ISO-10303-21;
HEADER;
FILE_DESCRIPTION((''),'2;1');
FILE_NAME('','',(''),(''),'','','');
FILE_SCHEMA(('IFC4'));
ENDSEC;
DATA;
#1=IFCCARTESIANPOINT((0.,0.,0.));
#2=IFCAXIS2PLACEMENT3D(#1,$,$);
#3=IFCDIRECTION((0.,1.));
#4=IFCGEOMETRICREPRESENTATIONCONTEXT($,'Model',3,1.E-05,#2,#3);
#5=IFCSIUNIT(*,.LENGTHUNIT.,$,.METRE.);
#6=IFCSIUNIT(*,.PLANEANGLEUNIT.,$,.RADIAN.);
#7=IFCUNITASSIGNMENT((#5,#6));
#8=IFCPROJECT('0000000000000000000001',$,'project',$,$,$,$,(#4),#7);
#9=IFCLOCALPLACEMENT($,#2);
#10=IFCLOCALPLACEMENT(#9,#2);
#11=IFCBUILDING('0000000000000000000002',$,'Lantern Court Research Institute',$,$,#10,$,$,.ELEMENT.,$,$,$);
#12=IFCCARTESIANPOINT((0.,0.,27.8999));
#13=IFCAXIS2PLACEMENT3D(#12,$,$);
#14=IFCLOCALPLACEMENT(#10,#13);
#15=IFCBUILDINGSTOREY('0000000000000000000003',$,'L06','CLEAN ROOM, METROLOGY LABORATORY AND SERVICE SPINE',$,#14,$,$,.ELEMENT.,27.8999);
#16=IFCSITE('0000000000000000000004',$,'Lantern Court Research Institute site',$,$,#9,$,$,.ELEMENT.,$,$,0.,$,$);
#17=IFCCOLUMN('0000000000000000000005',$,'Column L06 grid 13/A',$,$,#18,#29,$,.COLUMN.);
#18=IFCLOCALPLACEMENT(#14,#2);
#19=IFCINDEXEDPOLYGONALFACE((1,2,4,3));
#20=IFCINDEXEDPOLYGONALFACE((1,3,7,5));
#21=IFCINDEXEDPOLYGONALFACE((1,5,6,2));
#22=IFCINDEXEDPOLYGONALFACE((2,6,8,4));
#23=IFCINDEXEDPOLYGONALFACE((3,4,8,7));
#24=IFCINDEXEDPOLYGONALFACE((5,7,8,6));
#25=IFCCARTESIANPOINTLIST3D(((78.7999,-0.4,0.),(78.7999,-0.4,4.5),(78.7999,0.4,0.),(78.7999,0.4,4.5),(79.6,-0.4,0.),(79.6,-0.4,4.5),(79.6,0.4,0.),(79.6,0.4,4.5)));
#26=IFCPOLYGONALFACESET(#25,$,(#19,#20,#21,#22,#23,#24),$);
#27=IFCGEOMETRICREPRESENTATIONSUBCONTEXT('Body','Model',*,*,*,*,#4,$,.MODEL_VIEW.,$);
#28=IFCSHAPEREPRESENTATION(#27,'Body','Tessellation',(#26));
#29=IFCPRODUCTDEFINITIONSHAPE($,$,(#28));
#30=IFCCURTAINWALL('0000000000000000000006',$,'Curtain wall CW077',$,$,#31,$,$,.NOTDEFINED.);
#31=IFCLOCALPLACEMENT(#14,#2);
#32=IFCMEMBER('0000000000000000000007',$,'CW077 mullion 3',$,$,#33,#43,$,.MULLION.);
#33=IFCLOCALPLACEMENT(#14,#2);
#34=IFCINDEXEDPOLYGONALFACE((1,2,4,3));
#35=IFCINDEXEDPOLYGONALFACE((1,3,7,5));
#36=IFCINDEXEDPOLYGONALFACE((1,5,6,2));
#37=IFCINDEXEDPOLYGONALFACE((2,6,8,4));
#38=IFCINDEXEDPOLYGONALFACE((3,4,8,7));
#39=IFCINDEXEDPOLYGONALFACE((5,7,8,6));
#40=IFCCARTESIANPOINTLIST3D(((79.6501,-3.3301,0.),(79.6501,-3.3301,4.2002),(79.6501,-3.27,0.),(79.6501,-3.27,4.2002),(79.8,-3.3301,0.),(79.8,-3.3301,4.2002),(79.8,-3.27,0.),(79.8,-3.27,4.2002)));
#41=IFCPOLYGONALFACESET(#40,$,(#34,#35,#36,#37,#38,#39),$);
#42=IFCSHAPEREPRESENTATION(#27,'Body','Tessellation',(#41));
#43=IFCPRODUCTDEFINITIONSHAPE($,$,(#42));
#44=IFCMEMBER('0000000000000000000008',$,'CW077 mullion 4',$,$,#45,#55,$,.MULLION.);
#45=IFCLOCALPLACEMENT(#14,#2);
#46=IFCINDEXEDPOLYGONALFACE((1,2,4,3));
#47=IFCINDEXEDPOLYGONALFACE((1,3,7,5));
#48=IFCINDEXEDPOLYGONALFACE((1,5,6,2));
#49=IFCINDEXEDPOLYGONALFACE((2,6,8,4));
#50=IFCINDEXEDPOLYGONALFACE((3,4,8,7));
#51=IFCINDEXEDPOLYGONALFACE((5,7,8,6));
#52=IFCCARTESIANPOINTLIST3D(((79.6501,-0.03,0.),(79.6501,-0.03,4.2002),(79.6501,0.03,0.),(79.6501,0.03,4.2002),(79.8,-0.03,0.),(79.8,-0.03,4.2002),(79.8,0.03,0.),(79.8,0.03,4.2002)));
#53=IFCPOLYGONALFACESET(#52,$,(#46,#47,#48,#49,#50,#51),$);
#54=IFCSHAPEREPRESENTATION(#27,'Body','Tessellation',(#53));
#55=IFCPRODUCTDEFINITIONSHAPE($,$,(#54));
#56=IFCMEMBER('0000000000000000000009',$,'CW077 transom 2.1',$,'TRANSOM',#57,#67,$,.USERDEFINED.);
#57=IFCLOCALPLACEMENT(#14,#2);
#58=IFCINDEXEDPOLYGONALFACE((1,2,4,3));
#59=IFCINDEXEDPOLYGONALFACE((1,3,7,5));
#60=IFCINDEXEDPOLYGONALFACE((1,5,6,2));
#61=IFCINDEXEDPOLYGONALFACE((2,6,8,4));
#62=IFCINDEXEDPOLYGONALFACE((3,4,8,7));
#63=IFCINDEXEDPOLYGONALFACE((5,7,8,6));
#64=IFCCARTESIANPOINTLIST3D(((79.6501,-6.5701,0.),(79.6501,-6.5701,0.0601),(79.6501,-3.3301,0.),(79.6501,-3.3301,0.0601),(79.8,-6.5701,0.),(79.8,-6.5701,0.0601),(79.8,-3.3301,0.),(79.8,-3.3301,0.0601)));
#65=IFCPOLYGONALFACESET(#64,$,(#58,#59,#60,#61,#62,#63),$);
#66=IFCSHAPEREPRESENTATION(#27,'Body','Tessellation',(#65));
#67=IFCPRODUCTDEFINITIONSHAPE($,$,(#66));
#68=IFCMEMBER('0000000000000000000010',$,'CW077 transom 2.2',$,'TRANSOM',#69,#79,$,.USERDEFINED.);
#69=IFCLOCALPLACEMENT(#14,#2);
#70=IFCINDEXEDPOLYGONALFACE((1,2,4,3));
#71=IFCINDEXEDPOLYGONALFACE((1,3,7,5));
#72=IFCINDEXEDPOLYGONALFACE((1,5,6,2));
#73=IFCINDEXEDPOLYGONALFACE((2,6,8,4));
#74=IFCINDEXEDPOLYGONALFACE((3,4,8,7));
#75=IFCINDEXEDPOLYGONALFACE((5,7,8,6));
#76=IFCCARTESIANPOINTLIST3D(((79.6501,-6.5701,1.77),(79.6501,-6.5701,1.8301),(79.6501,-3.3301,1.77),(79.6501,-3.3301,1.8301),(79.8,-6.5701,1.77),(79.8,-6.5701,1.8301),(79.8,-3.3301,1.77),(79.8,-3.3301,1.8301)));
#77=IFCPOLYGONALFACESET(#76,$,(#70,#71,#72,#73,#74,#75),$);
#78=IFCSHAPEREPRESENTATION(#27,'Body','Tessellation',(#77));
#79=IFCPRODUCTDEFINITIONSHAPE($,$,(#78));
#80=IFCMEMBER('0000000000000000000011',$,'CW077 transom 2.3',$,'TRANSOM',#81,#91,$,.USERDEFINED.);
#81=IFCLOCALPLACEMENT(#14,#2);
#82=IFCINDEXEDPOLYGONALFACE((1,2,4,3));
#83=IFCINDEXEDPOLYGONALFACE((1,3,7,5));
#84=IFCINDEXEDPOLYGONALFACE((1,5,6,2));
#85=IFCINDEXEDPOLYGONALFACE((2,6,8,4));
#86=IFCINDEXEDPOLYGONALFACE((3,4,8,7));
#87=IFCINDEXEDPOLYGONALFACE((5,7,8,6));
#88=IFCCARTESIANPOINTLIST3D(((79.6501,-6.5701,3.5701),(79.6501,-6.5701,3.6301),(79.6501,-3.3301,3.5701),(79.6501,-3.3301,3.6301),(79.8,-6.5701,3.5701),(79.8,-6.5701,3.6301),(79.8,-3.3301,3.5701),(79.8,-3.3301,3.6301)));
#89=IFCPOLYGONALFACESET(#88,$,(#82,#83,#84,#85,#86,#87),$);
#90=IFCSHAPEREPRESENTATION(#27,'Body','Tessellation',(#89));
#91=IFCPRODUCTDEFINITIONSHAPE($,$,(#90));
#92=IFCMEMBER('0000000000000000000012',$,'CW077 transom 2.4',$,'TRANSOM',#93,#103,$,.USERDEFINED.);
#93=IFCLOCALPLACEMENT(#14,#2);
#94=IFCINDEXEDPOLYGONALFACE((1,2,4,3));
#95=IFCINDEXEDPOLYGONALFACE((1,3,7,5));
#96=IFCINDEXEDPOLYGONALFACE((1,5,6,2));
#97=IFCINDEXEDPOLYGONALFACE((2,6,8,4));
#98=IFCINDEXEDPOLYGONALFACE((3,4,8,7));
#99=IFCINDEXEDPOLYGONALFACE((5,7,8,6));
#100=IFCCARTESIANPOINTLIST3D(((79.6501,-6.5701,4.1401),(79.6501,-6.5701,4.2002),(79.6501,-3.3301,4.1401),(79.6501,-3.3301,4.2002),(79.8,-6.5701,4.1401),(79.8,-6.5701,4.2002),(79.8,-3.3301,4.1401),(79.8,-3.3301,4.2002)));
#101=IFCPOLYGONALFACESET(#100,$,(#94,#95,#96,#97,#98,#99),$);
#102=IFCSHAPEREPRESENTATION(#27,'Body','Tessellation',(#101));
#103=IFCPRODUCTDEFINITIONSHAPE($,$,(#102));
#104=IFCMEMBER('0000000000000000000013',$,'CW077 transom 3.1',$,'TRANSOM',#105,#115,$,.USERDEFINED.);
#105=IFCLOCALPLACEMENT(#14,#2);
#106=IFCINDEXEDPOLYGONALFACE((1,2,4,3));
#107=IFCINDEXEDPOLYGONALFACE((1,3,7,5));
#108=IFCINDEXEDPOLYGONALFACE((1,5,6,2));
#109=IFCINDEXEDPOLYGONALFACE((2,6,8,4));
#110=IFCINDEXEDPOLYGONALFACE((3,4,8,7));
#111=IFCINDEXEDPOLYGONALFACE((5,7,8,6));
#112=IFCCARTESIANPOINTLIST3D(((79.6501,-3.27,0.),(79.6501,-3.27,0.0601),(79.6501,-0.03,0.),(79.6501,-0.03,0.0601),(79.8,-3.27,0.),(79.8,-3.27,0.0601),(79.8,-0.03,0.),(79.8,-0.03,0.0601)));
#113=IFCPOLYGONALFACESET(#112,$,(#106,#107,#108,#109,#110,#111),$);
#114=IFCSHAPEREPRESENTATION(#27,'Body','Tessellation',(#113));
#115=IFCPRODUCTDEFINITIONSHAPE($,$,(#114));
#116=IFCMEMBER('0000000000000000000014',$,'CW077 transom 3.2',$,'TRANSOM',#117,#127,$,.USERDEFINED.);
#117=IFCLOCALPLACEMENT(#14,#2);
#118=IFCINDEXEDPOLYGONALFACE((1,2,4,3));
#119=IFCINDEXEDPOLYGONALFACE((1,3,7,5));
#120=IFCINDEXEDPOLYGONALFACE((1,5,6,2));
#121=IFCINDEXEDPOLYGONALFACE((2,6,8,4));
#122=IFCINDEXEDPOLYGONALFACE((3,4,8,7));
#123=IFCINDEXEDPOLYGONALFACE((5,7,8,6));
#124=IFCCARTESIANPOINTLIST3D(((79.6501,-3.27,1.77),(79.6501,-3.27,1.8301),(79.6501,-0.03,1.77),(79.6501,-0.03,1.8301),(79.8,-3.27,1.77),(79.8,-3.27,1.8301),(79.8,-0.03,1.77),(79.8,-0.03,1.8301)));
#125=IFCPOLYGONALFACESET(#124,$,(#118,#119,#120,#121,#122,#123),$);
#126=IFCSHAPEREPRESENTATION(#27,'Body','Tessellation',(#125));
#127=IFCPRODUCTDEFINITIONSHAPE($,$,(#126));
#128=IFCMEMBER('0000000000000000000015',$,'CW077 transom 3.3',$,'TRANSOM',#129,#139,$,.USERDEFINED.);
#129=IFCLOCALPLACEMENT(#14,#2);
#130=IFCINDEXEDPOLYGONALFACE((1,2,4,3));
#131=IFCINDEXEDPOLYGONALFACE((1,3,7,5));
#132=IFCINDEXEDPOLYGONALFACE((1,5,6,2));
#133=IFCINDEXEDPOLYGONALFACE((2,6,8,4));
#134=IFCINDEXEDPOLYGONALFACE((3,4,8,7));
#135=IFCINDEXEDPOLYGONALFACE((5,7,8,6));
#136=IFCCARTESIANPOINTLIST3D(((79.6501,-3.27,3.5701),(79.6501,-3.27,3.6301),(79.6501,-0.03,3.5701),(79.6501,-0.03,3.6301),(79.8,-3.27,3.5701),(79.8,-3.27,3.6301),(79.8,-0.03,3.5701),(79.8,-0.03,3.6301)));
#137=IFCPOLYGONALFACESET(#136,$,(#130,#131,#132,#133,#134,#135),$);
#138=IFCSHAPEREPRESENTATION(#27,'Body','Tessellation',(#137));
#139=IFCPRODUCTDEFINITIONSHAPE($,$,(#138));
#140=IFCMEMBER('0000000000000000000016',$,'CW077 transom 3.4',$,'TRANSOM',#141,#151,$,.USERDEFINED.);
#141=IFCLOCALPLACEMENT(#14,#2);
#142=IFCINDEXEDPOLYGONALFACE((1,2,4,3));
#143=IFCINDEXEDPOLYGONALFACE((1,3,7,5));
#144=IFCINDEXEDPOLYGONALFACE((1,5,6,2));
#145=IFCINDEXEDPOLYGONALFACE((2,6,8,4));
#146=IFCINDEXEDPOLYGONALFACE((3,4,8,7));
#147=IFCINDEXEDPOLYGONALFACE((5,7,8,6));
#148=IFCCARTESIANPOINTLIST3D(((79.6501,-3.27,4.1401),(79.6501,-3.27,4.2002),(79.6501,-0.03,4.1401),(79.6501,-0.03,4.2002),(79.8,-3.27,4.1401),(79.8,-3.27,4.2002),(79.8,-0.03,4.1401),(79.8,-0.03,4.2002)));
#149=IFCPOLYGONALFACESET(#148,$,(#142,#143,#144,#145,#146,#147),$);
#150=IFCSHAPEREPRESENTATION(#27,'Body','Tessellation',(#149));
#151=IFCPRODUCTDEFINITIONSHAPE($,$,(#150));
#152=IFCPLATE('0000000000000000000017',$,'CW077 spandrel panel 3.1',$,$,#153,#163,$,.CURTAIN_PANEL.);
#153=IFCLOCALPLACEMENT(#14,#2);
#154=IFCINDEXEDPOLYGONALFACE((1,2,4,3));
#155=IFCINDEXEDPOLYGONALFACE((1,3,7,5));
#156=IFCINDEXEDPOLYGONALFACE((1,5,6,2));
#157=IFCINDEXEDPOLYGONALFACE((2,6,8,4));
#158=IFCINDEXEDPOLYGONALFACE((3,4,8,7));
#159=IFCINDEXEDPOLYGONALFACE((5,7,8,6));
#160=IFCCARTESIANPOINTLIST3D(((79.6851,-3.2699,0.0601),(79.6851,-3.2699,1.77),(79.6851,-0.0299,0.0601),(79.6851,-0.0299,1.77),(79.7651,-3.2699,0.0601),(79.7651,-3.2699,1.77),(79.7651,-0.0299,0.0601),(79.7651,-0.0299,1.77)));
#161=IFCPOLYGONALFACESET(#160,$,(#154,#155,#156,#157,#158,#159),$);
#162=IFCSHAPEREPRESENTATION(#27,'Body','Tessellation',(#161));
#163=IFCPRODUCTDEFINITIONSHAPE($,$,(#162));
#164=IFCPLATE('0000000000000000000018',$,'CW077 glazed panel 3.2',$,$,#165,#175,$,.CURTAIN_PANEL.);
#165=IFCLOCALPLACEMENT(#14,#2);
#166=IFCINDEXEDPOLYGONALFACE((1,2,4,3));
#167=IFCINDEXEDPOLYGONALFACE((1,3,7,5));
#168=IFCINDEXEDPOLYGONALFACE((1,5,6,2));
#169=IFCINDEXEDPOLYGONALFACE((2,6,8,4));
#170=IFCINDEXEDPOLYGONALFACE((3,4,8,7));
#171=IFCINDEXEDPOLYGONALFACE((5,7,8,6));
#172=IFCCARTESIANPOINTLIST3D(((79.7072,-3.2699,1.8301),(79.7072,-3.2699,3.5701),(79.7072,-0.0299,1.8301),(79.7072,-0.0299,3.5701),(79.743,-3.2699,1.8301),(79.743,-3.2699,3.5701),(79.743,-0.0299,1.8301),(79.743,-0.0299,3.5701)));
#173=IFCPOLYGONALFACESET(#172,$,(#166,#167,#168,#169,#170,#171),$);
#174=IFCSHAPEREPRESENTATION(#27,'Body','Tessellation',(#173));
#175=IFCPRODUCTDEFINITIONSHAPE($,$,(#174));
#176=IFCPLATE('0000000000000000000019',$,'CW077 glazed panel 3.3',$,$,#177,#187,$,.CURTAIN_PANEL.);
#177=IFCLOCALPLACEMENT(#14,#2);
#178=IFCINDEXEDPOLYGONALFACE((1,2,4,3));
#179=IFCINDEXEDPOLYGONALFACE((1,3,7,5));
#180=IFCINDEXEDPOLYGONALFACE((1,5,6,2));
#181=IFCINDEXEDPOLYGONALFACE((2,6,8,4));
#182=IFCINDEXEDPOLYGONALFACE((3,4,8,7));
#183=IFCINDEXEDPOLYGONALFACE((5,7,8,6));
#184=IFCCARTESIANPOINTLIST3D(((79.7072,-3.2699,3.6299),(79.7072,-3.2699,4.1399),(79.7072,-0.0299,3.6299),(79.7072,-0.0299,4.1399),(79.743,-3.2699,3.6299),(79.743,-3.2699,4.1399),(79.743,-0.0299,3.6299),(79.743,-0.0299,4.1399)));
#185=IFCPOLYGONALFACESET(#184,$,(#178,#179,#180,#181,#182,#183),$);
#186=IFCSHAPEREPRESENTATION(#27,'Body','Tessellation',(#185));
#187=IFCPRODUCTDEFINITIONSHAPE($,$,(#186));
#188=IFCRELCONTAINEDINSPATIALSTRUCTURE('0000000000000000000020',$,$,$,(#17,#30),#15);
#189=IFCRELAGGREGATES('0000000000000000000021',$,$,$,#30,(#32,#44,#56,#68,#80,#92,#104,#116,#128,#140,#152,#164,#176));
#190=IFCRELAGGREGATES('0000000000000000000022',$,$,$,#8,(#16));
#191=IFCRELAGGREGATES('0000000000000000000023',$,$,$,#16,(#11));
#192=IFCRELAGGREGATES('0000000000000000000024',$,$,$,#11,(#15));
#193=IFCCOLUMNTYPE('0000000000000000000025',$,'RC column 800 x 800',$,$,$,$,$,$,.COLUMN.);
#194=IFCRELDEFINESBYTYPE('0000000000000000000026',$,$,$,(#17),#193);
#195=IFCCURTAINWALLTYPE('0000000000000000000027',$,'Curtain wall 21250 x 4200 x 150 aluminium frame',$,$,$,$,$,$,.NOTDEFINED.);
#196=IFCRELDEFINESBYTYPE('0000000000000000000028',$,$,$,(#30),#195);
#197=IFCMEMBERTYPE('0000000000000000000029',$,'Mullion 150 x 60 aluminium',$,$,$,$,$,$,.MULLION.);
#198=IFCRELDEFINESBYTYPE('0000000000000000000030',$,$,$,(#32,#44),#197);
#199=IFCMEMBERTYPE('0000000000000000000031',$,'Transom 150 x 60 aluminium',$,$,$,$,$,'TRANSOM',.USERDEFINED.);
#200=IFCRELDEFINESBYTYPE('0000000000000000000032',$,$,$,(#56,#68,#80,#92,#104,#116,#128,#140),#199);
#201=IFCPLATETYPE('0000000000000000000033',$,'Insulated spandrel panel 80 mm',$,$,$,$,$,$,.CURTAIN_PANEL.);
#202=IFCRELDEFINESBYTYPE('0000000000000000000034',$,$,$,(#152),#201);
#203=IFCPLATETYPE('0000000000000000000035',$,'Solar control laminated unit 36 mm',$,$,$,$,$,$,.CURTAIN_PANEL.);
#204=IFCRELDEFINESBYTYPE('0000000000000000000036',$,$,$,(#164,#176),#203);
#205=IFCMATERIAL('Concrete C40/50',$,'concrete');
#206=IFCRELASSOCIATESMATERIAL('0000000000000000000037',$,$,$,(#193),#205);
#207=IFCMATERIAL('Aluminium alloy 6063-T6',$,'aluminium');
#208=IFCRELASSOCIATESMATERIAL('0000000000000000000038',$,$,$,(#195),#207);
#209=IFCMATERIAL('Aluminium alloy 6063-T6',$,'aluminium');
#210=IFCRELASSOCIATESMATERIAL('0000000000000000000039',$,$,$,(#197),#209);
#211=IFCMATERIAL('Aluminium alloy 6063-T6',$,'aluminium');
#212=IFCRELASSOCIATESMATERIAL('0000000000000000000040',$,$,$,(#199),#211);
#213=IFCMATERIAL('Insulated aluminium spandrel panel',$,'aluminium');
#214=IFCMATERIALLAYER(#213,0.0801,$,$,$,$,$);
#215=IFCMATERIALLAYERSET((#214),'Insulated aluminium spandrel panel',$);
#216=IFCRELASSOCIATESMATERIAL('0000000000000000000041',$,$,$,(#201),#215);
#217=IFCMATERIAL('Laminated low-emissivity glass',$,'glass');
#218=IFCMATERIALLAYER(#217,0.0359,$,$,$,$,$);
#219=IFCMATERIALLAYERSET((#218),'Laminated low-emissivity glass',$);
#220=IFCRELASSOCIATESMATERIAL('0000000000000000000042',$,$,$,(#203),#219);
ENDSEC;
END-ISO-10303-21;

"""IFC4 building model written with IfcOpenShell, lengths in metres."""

from ifc_helpers import new_model, si_unit, direction, frame, origin, origin_2d, place, context, subcontext, project, spatial, rectangle, extrude, material, layer, layer_set, material_profile, profile_set, type_object, element, aggregate, save


model = new_model("IFC4")

# Units and contexts
model_context = context("Model", 3, precision=1e-05, world=origin(), true_north=direction((0.0, 1.0)))
body_context = subcontext(model_context, "Body", "Model", "MODEL_VIEW")
ifc_project = project(units=[si_unit("LENGTHUNIT", "METRE"), si_unit("PLANEANGLEUNIT", "RADIAN")], contexts=[model_context])

# Site, building, storey
site_placement = place(None, origin())
site = spatial("IfcSite", under=ifc_project, at=site_placement, Name="Lantern Court Research Institute site", CompositionType="ELEMENT", RefElevation=0.0)
building_placement = place(site_placement, origin())
building = spatial("IfcBuilding", under=site, at=building_placement, Name="Lantern Court Research Institute", CompositionType="ELEMENT")
storey_placement = place(building_placement, frame((0.0, 0.0, 27.8999)))
storey = spatial("IfcBuildingStorey", under=building, at=storey_placement, Name="L06", Description="CLEAN ROOM, METROLOGY LABORATORY AND SERVICE SPINE", CompositionType="ELEMENT", Elevation=27.8999)

# Column
ifc_material_1 = material(Name="Concrete C40/50", Category="concrete")
ifc_material_profile_1 = material_profile(ifc_material_1, rectangle(XDim=0.8, YDim=0.8, at=origin_2d()), Name="RC column 800 x 800")
ifc_profile_set_1 = profile_set([ifc_material_profile_1], Name="Concrete C40/50")
column_type = type_object("IfcColumnType", Name="RC column 800 x 800", PredefinedType="COLUMN", material=ifc_profile_set_1)
column_placement = place(storey_placement, frame((79.2, 0.0, 0.0), z_axis=(0.0, 0.0, 1.0), x_axis=(1.0, 0.0, 0.0)))
element("IfcColumn", 1, at=column_placement, inside=storey, type_object=column_type, Name="Column L06 grid 13/A", PredefinedType="COLUMN", context=body_context, shape_type="SweptSolid", body=[
    extrude(rectangle(XDim=0.8, YDim=0.8, at=origin_2d()), origin(), (0.0, 0.0, 1.0), 4.5),
])

# Curtain wall, members, plates
ifc_material_2 = material(Name="Aluminium alloy 6063-T6", Category="aluminium")
curtain_wall_type = type_object("IfcCurtainWallType", Name="Curtain wall 21250 x 4200 x 150 aluminium frame", PredefinedType="NOTDEFINED", material=ifc_material_2)
curtain_wall_placement = place(storey_placement, origin())
curtain_wall = element("IfcCurtainWall", 2, at=curtain_wall_placement, inside=storey, type_object=curtain_wall_type, Name="Curtain wall CW077", PredefinedType="NOTDEFINED")
ifc_material_3 = material(Name="Aluminium alloy 6063-T6", Category="aluminium")
ifc_material_profile_2 = material_profile(ifc_material_3, rectangle(XDim=0.1499, YDim=0.0601, at=origin_2d()), Name="Mullion 150 x 60")
ifc_profile_set_2 = profile_set([ifc_material_profile_2], Name="Aluminium alloy 6063-T6")
member_type_1 = type_object("IfcMemberType", Name="Mullion 150 x 60 aluminium", PredefinedType="MULLION", material=ifc_profile_set_2)
member_1_placement = place(storey_placement, frame((79.7251, -3.3, 0.0), z_axis=(0.0, 0.0, 1.0), x_axis=(1.0, 0.0, 0.0)))
member_1 = element("IfcMember", 3, at=member_1_placement, type_object=member_type_1, Name="CW077 mullion 3", PredefinedType="MULLION", context=body_context, shape_type="SweptSolid", body=[
    extrude(rectangle(XDim=0.1499, YDim=0.0601, at=origin_2d()), origin(), (0.0, 0.0, 1.0), 4.2002),
])
member_2_placement = place(storey_placement, frame((79.7251, 0.0, 0.0), z_axis=(0.0, 0.0, 1.0), x_axis=(1.0, 0.0, 0.0)))
member_2 = element("IfcMember", 4, at=member_2_placement, type_object=member_type_1, Name="CW077 mullion 4", PredefinedType="MULLION", context=body_context, shape_type="SweptSolid", body=[
    extrude(rectangle(XDim=0.1499, YDim=0.0601, at=origin_2d()), origin(), (0.0, 0.0, 1.0), 4.2002),
])
ifc_material_4 = material(Name="Aluminium alloy 6063-T6", Category="aluminium")
ifc_material_profile_3 = material_profile(ifc_material_4, rectangle(XDim=0.1499, YDim=0.0601, at=origin_2d()), Name="Transom 150 x 60")
ifc_profile_set_3 = profile_set([ifc_material_profile_3], Name="Aluminium alloy 6063-T6")
member_type_2 = type_object("IfcMemberType", Name="Transom 150 x 60 aluminium", ElementType="TRANSOM", PredefinedType="USERDEFINED", material=ifc_profile_set_3)
member_3_placement = place(storey_placement, frame((79.7251, -3.3301, 0.03), z_axis=(0.0, -1.0, 0.0), x_axis=(1.0, 0.0, 0.0)))
member_3 = element("IfcMember", 5, at=member_3_placement, type_object=member_type_2, Name="CW077 transom 2.1", ObjectType="TRANSOM", PredefinedType="USERDEFINED", context=body_context, shape_type="SweptSolid", body=[
    extrude(rectangle(XDim=0.1499, YDim=0.0601, at=origin_2d()), origin(), (0.0, 0.0, 1.0), 3.24),
])
member_4_placement = place(storey_placement, frame((79.7251, -3.3301, 1.8), z_axis=(0.0, -1.0, 0.0), x_axis=(1.0, 0.0, 0.0)))
member_4 = element("IfcMember", 6, at=member_4_placement, type_object=member_type_2, Name="CW077 transom 2.2", ObjectType="TRANSOM", PredefinedType="USERDEFINED", context=body_context, shape_type="SweptSolid", body=[
    extrude(rectangle(XDim=0.1499, YDim=0.0601, at=origin_2d()), origin(), (0.0, 0.0, 1.0), 3.24),
])
member_5_placement = place(storey_placement, frame((79.7251, -3.3301, 3.6001), z_axis=(0.0, -1.0, 0.0), x_axis=(1.0, 0.0, 0.0)))
member_5 = element("IfcMember", 7, at=member_5_placement, type_object=member_type_2, Name="CW077 transom 2.3", ObjectType="TRANSOM", PredefinedType="USERDEFINED", context=body_context, shape_type="SweptSolid", body=[
    extrude(rectangle(XDim=0.1499, YDim=0.0601, at=origin_2d()), origin(), (0.0, 0.0, 1.0), 3.24),
])
member_6_placement = place(storey_placement, frame((79.7251, -3.3301, 4.1702), z_axis=(0.0, -1.0, 0.0), x_axis=(1.0, 0.0, 0.0)))
member_6 = element("IfcMember", 8, at=member_6_placement, type_object=member_type_2, Name="CW077 transom 2.4", ObjectType="TRANSOM", PredefinedType="USERDEFINED", context=body_context, shape_type="SweptSolid", body=[
    extrude(rectangle(XDim=0.1499, YDim=0.0601, at=origin_2d()), origin(), (0.0, 0.0, 1.0), 3.24),
])
member_7_placement = place(storey_placement, frame((79.7251, -0.03, 0.03), z_axis=(0.0, -1.0, 0.0), x_axis=(1.0, 0.0, 0.0)))
member_7 = element("IfcMember", 9, at=member_7_placement, type_object=member_type_2, Name="CW077 transom 3.1", ObjectType="TRANSOM", PredefinedType="USERDEFINED", context=body_context, shape_type="SweptSolid", body=[
    extrude(rectangle(XDim=0.1499, YDim=0.0601, at=origin_2d()), origin(), (0.0, 0.0, 1.0), 3.24),
])
member_8_placement = place(storey_placement, frame((79.7251, -0.03, 1.8), z_axis=(0.0, -1.0, 0.0), x_axis=(1.0, 0.0, 0.0)))
member_8 = element("IfcMember", 10, at=member_8_placement, type_object=member_type_2, Name="CW077 transom 3.2", ObjectType="TRANSOM", PredefinedType="USERDEFINED", context=body_context, shape_type="SweptSolid", body=[
    extrude(rectangle(XDim=0.1499, YDim=0.0601, at=origin_2d()), origin(), (0.0, 0.0, 1.0), 3.24),
])
member_9_placement = place(storey_placement, frame((79.7251, -0.03, 3.6001), z_axis=(0.0, -1.0, 0.0), x_axis=(1.0, 0.0, 0.0)))
member_9 = element("IfcMember", 11, at=member_9_placement, type_object=member_type_2, Name="CW077 transom 3.3", ObjectType="TRANSOM", PredefinedType="USERDEFINED", context=body_context, shape_type="SweptSolid", body=[
    extrude(rectangle(XDim=0.1499, YDim=0.0601, at=origin_2d()), origin(), (0.0, 0.0, 1.0), 3.24),
])
member_10_placement = place(storey_placement, frame((79.7251, -0.03, 4.1702), z_axis=(0.0, -1.0, 0.0), x_axis=(1.0, 0.0, 0.0)))
member_10 = element("IfcMember", 12, at=member_10_placement, type_object=member_type_2, Name="CW077 transom 3.4", ObjectType="TRANSOM", PredefinedType="USERDEFINED", context=body_context, shape_type="SweptSolid", body=[
    extrude(rectangle(XDim=0.1499, YDim=0.0601, at=origin_2d()), origin(), (0.0, 0.0, 1.0), 3.24),
])
ifc_material_5 = material(Name="Insulated aluminium spandrel panel", Category="aluminium")
ifc_layer_1 = layer(ifc_material_5, 0.0801)
ifc_layer_set_1 = layer_set([ifc_layer_1], Name="Insulated aluminium spandrel panel")
plate_type_1 = type_object("IfcPlateType", Name="Insulated spandrel panel 80 mm", PredefinedType="CURTAIN_PANEL", material=ifc_layer_set_1)
plate_1_placement = place(storey_placement, frame((79.7251, -1.6499, 0.0601), z_axis=(0.0, 0.0, 1.0), x_axis=(0.0, -1.0, 0.0)))
plate_1 = element("IfcPlate", 13, at=plate_1_placement, type_object=plate_type_1, Name="CW077 spandrel panel 3.1", PredefinedType="CURTAIN_PANEL", context=body_context, shape_type="SweptSolid", body=[
    extrude(rectangle(XDim=3.24, YDim=0.0801, at=origin_2d()), origin(), (0.0, 0.0, 1.0), 1.71),
])
ifc_material_6 = material(Name="Laminated low-emissivity glass", Category="glass")
ifc_layer_2 = layer(ifc_material_6, 0.0359)
ifc_layer_set_2 = layer_set([ifc_layer_2], Name="Laminated low-emissivity glass")
plate_type_2 = type_object("IfcPlateType", Name="Solar control laminated unit 36 mm", PredefinedType="CURTAIN_PANEL", material=ifc_layer_set_2)
plate_2_placement = place(storey_placement, frame((79.7251, -1.6499, 1.8301), z_axis=(0.0, 0.0, 1.0), x_axis=(0.0, -1.0, 0.0)))
plate_2 = element("IfcPlate", 14, at=plate_2_placement, type_object=plate_type_2, Name="CW077 glazed panel 3.2", PredefinedType="CURTAIN_PANEL", context=body_context, shape_type="SweptSolid", body=[
    extrude(rectangle(XDim=3.24, YDim=0.0359, at=origin_2d()), origin(), (0.0, 0.0, 1.0), 1.74),
])
plate_3_placement = place(storey_placement, frame((79.7251, -1.6499, 3.6299), z_axis=(0.0, 0.0, 1.0), x_axis=(0.0, -1.0, 0.0)))
plate_3 = element("IfcPlate", 15, at=plate_3_placement, type_object=plate_type_2, Name="CW077 glazed panel 3.3", PredefinedType="CURTAIN_PANEL", context=body_context, shape_type="SweptSolid", body=[
    extrude(rectangle(XDim=3.24, YDim=0.0359, at=origin_2d()), origin(), (0.0, 0.0, 1.0), 0.51),
])
aggregate(curtain_wall, [member_1, member_2, member_3, member_4, member_5, member_6, member_7, member_8, member_9, member_10, plate_1, plate_2, plate_3])

save(model, "model.ifc")
